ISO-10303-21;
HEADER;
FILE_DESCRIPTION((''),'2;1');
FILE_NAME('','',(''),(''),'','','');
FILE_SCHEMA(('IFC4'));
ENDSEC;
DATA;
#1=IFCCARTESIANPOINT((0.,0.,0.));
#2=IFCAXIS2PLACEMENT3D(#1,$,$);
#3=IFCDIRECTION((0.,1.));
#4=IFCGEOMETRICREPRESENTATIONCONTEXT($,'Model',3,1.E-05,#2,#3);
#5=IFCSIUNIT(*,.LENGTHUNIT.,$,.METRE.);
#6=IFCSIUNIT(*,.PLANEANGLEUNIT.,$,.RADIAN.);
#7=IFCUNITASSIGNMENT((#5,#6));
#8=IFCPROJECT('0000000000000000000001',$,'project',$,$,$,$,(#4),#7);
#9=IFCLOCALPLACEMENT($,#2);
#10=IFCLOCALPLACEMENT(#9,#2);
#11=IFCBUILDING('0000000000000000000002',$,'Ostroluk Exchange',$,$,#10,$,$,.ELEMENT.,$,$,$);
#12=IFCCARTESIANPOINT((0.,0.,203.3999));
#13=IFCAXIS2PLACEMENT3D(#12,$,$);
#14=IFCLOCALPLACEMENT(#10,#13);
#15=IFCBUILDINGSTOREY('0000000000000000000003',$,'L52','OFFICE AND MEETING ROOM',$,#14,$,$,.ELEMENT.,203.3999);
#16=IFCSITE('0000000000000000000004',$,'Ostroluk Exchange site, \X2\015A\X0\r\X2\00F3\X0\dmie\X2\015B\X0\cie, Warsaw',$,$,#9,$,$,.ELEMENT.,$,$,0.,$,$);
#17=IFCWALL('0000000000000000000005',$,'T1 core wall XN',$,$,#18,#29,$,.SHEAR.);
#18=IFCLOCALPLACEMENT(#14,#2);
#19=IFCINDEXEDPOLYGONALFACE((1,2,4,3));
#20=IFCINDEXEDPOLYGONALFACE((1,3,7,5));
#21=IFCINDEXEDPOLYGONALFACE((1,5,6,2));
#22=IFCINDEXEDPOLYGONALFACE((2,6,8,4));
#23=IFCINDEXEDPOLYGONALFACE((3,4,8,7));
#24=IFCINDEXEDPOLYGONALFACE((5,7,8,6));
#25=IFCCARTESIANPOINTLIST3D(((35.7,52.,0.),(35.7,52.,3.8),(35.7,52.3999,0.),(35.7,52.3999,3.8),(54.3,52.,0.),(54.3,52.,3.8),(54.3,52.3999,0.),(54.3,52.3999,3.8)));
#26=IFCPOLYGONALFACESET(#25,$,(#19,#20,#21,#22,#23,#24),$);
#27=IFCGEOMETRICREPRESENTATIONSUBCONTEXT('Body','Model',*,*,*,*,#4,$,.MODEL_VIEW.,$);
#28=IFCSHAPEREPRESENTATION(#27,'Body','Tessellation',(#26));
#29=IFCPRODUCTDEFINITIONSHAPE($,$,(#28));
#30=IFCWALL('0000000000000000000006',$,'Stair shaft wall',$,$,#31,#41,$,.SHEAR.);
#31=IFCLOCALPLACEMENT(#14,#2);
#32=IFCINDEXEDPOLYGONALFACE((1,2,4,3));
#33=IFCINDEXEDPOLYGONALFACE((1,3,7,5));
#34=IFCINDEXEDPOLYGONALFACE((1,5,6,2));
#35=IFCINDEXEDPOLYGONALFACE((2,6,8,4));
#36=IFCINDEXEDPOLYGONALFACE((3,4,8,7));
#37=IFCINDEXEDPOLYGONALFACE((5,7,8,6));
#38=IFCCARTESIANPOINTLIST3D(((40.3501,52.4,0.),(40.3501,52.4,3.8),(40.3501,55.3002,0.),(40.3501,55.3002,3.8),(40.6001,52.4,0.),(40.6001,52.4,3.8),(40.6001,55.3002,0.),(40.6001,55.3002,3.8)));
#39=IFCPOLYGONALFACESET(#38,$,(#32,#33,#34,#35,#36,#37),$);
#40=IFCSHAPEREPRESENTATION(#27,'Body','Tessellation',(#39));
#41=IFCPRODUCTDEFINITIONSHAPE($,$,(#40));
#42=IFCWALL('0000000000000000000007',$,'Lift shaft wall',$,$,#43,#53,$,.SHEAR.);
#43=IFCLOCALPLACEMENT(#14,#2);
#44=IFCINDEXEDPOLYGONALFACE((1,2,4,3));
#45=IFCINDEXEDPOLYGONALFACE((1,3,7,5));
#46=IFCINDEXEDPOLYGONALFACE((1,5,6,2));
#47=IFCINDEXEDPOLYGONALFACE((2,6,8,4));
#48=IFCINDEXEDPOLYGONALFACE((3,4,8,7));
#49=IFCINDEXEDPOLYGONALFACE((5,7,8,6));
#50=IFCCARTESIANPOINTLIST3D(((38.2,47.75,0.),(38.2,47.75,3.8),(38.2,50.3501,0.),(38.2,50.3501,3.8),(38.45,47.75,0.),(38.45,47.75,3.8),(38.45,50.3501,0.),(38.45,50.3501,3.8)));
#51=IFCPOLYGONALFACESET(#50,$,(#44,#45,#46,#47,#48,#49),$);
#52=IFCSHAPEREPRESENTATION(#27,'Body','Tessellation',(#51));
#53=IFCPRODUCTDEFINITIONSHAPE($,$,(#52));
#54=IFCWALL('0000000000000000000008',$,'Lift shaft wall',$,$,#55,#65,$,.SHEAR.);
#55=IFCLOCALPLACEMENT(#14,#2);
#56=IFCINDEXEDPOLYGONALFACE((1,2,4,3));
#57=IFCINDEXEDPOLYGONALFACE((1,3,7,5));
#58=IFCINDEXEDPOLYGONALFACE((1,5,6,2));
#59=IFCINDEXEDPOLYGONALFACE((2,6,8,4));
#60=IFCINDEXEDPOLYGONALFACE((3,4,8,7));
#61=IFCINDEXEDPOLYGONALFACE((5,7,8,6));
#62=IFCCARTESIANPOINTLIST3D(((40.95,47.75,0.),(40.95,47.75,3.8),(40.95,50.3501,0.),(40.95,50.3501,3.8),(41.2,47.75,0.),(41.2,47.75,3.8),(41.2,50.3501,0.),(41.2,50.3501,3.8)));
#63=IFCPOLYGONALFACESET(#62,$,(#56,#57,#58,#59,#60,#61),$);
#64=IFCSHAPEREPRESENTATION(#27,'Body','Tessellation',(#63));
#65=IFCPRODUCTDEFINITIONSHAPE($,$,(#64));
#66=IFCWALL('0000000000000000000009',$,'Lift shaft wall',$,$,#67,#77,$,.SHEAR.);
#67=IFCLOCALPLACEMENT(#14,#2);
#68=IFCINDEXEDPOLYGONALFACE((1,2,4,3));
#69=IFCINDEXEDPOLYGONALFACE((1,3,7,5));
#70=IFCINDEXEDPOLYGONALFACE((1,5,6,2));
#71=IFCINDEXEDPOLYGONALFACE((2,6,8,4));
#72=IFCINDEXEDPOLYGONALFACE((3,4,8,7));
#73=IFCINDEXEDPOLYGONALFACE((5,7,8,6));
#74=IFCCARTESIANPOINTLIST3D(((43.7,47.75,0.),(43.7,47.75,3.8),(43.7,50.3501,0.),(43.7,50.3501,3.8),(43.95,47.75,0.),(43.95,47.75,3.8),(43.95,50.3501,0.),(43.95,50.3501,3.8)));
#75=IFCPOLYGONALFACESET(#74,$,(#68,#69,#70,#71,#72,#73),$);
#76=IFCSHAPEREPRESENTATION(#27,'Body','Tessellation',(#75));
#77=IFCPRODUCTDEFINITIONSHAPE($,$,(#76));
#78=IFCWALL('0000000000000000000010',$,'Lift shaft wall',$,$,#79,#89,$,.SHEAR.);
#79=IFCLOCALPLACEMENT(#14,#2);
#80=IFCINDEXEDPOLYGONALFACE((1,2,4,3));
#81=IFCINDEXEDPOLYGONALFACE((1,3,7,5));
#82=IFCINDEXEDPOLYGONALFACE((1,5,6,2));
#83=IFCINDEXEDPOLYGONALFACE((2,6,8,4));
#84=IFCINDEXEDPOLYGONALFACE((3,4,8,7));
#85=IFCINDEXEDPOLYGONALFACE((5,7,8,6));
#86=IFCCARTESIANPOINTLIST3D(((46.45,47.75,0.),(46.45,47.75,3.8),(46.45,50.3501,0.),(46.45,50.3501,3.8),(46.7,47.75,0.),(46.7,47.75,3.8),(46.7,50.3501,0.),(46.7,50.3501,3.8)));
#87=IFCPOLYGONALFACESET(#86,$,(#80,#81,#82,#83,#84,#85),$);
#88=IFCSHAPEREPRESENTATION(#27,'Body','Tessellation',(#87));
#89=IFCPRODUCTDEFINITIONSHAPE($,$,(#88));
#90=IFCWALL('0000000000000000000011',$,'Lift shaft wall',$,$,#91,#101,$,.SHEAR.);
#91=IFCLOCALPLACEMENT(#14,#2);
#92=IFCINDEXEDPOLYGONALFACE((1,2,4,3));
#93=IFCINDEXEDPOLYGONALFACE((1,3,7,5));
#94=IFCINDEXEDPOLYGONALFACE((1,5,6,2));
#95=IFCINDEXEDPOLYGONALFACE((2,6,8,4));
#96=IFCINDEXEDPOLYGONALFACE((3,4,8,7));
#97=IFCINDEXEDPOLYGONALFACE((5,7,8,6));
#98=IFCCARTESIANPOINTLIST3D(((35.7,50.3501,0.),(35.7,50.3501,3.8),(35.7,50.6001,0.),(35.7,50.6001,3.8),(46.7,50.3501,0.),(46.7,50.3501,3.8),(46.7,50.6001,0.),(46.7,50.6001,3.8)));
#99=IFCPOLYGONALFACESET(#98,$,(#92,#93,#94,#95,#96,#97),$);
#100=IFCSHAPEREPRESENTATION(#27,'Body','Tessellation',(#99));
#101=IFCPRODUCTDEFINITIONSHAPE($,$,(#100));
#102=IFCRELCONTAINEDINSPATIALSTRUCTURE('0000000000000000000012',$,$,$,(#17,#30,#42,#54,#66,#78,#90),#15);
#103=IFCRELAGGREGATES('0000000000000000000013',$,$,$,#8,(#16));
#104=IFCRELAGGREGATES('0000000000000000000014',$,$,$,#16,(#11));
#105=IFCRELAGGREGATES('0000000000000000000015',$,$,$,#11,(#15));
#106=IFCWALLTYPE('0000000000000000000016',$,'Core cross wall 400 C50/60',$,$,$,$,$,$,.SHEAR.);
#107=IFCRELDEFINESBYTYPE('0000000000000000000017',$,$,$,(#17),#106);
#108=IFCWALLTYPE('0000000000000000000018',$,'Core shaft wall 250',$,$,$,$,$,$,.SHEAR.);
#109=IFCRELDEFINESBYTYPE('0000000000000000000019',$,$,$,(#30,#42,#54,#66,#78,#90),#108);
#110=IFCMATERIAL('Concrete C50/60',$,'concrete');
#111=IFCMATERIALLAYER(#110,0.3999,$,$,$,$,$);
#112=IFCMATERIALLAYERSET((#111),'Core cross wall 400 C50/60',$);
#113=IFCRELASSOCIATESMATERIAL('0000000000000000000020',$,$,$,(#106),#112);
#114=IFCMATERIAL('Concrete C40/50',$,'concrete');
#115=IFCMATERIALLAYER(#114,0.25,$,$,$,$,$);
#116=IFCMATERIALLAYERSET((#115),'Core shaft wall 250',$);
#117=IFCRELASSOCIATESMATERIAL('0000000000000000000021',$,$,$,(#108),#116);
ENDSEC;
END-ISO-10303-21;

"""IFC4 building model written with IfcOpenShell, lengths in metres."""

from ifc_helpers import new_model, si_unit, direction, frame, frame_2d, origin, place, context, subcontext, project, spatial, rectangle, extrude, material, layer, layer_set, type_object, element, save


model = new_model("IFC4")

# Units and contexts
model_context = context("Model", 3, precision=1e-05, world=origin(), true_north=direction((0.0, 1.0)))
body_context = subcontext(model_context, "Body", "Model", "MODEL_VIEW")
ifc_project = project(units=[si_unit("LENGTHUNIT", "METRE"), si_unit("PLANEANGLEUNIT", "RADIAN")], contexts=[model_context])

# Site, building, storey
site_placement = place(None, origin())
site = spatial("IfcSite", under=ifc_project, at=site_placement, Name="Ostroluk Exchange site, Śródmieście, Warsaw", CompositionType="ELEMENT", RefElevation=0.0)
building_placement = place(site_placement, origin())
building = spatial("IfcBuilding", under=site, at=building_placement, Name="Ostroluk Exchange", CompositionType="ELEMENT")
storey_placement = place(building_placement, frame((0.0, 0.0, 203.3999)))
storey = spatial("IfcBuildingStorey", under=building, at=storey_placement, Name="L52", Description="OFFICE AND MEETING ROOM", CompositionType="ELEMENT", Elevation=203.3999)

# Walls
ifc_material_1 = material(Name="Concrete C50/60", Category="concrete")
ifc_layer_1 = layer(ifc_material_1, 0.3999)
ifc_layer_set_1 = layer_set([ifc_layer_1], Name="Core cross wall 400 C50/60")
wall_type_1 = type_object("IfcWallType", Name="Core cross wall 400 C50/60", PredefinedType="SHEAR", material=ifc_layer_set_1)
wall_1_placement = place(storey_placement, frame((35.7, 52.2, 0.0), z_axis=(0.0, 0.0, 1.0), x_axis=(1.0, 0.0, 0.0)))
element("IfcWall", 1, at=wall_1_placement, inside=storey, type_object=wall_type_1, Name="T1 core wall XN", PredefinedType="SHEAR", context=body_context, shape_type="SweptSolid", body=[
    extrude(rectangle(XDim=18.6001, YDim=0.3999, at=frame_2d((9.3, 0.0))), origin(), (0.0, 0.0, 1.0), 3.8),
])
ifc_material_2 = material(Name="Concrete C40/50", Category="concrete")
ifc_layer_2 = layer(ifc_material_2, 0.25)
ifc_layer_set_2 = layer_set([ifc_layer_2], Name="Core shaft wall 250")
wall_type_2 = type_object("IfcWallType", Name="Core shaft wall 250", PredefinedType="SHEAR", material=ifc_layer_set_2)
wall_2_placement = place(storey_placement, frame((40.4751, 52.3999, 0.0), z_axis=(0.0, 0.0, 1.0), x_axis=(0.0, 1.0, 0.0)))
element("IfcWall", 2, at=wall_2_placement, inside=storey, type_object=wall_type_2, Name="Stair shaft wall", PredefinedType="SHEAR", context=body_context, shape_type="SweptSolid", body=[
    extrude(rectangle(XDim=2.9001, YDim=0.25, at=frame_2d((1.4502, 0.0))), origin(), (0.0, 0.0, 1.0), 3.8),
])
for number, where, z_axis, x_axis, name in (
    (3, (38.325, 47.75, 0.0), (0.0, 0.0, 1.0), (0.0, 1.0, 0.0), "Lift shaft wall"),
    (4, (41.075, 47.75, 0.0), (0.0, 0.0, 1.0), (0.0, 1.0, 0.0), "Lift shaft wall"),
    (5, (43.825, 47.75, 0.0), (0.0, 0.0, 1.0), (0.0, 1.0, 0.0), "Lift shaft wall"),
    (6, (46.575, 47.75, 0.0), (0.0, 0.0, 1.0), (0.0, 1.0, 0.0), "Lift shaft wall"),
):
    element("IfcWall", number, at=place(storey_placement, frame(where, z_axis=z_axis, x_axis=x_axis)), inside=storey, type_object=wall_type_2, Name=name, PredefinedType="SHEAR", context=body_context, shape_type="SweptSolid", body=[
        extrude(rectangle(XDim=2.6001, YDim=0.25, at=frame_2d((1.3, 0.0))), origin(), (0.0, 0.0, 1.0), 3.8),
    ])
wall_3_placement = place(storey_placement, frame((35.7, 50.4751, 0.0), z_axis=(0.0, 0.0, 1.0), x_axis=(1.0, 0.0, 0.0)))
element("IfcWall", 7, at=wall_3_placement, inside=storey, type_object=wall_type_2, Name="Lift shaft wall", PredefinedType="SHEAR", context=body_context, shape_type="SweptSolid", body=[
    extrude(rectangle(XDim=11.0, YDim=0.25, at=frame_2d((5.5, 0.0))), origin(), (0.0, 0.0, 1.0), 3.8),
])

save(model, "model.ifc")
